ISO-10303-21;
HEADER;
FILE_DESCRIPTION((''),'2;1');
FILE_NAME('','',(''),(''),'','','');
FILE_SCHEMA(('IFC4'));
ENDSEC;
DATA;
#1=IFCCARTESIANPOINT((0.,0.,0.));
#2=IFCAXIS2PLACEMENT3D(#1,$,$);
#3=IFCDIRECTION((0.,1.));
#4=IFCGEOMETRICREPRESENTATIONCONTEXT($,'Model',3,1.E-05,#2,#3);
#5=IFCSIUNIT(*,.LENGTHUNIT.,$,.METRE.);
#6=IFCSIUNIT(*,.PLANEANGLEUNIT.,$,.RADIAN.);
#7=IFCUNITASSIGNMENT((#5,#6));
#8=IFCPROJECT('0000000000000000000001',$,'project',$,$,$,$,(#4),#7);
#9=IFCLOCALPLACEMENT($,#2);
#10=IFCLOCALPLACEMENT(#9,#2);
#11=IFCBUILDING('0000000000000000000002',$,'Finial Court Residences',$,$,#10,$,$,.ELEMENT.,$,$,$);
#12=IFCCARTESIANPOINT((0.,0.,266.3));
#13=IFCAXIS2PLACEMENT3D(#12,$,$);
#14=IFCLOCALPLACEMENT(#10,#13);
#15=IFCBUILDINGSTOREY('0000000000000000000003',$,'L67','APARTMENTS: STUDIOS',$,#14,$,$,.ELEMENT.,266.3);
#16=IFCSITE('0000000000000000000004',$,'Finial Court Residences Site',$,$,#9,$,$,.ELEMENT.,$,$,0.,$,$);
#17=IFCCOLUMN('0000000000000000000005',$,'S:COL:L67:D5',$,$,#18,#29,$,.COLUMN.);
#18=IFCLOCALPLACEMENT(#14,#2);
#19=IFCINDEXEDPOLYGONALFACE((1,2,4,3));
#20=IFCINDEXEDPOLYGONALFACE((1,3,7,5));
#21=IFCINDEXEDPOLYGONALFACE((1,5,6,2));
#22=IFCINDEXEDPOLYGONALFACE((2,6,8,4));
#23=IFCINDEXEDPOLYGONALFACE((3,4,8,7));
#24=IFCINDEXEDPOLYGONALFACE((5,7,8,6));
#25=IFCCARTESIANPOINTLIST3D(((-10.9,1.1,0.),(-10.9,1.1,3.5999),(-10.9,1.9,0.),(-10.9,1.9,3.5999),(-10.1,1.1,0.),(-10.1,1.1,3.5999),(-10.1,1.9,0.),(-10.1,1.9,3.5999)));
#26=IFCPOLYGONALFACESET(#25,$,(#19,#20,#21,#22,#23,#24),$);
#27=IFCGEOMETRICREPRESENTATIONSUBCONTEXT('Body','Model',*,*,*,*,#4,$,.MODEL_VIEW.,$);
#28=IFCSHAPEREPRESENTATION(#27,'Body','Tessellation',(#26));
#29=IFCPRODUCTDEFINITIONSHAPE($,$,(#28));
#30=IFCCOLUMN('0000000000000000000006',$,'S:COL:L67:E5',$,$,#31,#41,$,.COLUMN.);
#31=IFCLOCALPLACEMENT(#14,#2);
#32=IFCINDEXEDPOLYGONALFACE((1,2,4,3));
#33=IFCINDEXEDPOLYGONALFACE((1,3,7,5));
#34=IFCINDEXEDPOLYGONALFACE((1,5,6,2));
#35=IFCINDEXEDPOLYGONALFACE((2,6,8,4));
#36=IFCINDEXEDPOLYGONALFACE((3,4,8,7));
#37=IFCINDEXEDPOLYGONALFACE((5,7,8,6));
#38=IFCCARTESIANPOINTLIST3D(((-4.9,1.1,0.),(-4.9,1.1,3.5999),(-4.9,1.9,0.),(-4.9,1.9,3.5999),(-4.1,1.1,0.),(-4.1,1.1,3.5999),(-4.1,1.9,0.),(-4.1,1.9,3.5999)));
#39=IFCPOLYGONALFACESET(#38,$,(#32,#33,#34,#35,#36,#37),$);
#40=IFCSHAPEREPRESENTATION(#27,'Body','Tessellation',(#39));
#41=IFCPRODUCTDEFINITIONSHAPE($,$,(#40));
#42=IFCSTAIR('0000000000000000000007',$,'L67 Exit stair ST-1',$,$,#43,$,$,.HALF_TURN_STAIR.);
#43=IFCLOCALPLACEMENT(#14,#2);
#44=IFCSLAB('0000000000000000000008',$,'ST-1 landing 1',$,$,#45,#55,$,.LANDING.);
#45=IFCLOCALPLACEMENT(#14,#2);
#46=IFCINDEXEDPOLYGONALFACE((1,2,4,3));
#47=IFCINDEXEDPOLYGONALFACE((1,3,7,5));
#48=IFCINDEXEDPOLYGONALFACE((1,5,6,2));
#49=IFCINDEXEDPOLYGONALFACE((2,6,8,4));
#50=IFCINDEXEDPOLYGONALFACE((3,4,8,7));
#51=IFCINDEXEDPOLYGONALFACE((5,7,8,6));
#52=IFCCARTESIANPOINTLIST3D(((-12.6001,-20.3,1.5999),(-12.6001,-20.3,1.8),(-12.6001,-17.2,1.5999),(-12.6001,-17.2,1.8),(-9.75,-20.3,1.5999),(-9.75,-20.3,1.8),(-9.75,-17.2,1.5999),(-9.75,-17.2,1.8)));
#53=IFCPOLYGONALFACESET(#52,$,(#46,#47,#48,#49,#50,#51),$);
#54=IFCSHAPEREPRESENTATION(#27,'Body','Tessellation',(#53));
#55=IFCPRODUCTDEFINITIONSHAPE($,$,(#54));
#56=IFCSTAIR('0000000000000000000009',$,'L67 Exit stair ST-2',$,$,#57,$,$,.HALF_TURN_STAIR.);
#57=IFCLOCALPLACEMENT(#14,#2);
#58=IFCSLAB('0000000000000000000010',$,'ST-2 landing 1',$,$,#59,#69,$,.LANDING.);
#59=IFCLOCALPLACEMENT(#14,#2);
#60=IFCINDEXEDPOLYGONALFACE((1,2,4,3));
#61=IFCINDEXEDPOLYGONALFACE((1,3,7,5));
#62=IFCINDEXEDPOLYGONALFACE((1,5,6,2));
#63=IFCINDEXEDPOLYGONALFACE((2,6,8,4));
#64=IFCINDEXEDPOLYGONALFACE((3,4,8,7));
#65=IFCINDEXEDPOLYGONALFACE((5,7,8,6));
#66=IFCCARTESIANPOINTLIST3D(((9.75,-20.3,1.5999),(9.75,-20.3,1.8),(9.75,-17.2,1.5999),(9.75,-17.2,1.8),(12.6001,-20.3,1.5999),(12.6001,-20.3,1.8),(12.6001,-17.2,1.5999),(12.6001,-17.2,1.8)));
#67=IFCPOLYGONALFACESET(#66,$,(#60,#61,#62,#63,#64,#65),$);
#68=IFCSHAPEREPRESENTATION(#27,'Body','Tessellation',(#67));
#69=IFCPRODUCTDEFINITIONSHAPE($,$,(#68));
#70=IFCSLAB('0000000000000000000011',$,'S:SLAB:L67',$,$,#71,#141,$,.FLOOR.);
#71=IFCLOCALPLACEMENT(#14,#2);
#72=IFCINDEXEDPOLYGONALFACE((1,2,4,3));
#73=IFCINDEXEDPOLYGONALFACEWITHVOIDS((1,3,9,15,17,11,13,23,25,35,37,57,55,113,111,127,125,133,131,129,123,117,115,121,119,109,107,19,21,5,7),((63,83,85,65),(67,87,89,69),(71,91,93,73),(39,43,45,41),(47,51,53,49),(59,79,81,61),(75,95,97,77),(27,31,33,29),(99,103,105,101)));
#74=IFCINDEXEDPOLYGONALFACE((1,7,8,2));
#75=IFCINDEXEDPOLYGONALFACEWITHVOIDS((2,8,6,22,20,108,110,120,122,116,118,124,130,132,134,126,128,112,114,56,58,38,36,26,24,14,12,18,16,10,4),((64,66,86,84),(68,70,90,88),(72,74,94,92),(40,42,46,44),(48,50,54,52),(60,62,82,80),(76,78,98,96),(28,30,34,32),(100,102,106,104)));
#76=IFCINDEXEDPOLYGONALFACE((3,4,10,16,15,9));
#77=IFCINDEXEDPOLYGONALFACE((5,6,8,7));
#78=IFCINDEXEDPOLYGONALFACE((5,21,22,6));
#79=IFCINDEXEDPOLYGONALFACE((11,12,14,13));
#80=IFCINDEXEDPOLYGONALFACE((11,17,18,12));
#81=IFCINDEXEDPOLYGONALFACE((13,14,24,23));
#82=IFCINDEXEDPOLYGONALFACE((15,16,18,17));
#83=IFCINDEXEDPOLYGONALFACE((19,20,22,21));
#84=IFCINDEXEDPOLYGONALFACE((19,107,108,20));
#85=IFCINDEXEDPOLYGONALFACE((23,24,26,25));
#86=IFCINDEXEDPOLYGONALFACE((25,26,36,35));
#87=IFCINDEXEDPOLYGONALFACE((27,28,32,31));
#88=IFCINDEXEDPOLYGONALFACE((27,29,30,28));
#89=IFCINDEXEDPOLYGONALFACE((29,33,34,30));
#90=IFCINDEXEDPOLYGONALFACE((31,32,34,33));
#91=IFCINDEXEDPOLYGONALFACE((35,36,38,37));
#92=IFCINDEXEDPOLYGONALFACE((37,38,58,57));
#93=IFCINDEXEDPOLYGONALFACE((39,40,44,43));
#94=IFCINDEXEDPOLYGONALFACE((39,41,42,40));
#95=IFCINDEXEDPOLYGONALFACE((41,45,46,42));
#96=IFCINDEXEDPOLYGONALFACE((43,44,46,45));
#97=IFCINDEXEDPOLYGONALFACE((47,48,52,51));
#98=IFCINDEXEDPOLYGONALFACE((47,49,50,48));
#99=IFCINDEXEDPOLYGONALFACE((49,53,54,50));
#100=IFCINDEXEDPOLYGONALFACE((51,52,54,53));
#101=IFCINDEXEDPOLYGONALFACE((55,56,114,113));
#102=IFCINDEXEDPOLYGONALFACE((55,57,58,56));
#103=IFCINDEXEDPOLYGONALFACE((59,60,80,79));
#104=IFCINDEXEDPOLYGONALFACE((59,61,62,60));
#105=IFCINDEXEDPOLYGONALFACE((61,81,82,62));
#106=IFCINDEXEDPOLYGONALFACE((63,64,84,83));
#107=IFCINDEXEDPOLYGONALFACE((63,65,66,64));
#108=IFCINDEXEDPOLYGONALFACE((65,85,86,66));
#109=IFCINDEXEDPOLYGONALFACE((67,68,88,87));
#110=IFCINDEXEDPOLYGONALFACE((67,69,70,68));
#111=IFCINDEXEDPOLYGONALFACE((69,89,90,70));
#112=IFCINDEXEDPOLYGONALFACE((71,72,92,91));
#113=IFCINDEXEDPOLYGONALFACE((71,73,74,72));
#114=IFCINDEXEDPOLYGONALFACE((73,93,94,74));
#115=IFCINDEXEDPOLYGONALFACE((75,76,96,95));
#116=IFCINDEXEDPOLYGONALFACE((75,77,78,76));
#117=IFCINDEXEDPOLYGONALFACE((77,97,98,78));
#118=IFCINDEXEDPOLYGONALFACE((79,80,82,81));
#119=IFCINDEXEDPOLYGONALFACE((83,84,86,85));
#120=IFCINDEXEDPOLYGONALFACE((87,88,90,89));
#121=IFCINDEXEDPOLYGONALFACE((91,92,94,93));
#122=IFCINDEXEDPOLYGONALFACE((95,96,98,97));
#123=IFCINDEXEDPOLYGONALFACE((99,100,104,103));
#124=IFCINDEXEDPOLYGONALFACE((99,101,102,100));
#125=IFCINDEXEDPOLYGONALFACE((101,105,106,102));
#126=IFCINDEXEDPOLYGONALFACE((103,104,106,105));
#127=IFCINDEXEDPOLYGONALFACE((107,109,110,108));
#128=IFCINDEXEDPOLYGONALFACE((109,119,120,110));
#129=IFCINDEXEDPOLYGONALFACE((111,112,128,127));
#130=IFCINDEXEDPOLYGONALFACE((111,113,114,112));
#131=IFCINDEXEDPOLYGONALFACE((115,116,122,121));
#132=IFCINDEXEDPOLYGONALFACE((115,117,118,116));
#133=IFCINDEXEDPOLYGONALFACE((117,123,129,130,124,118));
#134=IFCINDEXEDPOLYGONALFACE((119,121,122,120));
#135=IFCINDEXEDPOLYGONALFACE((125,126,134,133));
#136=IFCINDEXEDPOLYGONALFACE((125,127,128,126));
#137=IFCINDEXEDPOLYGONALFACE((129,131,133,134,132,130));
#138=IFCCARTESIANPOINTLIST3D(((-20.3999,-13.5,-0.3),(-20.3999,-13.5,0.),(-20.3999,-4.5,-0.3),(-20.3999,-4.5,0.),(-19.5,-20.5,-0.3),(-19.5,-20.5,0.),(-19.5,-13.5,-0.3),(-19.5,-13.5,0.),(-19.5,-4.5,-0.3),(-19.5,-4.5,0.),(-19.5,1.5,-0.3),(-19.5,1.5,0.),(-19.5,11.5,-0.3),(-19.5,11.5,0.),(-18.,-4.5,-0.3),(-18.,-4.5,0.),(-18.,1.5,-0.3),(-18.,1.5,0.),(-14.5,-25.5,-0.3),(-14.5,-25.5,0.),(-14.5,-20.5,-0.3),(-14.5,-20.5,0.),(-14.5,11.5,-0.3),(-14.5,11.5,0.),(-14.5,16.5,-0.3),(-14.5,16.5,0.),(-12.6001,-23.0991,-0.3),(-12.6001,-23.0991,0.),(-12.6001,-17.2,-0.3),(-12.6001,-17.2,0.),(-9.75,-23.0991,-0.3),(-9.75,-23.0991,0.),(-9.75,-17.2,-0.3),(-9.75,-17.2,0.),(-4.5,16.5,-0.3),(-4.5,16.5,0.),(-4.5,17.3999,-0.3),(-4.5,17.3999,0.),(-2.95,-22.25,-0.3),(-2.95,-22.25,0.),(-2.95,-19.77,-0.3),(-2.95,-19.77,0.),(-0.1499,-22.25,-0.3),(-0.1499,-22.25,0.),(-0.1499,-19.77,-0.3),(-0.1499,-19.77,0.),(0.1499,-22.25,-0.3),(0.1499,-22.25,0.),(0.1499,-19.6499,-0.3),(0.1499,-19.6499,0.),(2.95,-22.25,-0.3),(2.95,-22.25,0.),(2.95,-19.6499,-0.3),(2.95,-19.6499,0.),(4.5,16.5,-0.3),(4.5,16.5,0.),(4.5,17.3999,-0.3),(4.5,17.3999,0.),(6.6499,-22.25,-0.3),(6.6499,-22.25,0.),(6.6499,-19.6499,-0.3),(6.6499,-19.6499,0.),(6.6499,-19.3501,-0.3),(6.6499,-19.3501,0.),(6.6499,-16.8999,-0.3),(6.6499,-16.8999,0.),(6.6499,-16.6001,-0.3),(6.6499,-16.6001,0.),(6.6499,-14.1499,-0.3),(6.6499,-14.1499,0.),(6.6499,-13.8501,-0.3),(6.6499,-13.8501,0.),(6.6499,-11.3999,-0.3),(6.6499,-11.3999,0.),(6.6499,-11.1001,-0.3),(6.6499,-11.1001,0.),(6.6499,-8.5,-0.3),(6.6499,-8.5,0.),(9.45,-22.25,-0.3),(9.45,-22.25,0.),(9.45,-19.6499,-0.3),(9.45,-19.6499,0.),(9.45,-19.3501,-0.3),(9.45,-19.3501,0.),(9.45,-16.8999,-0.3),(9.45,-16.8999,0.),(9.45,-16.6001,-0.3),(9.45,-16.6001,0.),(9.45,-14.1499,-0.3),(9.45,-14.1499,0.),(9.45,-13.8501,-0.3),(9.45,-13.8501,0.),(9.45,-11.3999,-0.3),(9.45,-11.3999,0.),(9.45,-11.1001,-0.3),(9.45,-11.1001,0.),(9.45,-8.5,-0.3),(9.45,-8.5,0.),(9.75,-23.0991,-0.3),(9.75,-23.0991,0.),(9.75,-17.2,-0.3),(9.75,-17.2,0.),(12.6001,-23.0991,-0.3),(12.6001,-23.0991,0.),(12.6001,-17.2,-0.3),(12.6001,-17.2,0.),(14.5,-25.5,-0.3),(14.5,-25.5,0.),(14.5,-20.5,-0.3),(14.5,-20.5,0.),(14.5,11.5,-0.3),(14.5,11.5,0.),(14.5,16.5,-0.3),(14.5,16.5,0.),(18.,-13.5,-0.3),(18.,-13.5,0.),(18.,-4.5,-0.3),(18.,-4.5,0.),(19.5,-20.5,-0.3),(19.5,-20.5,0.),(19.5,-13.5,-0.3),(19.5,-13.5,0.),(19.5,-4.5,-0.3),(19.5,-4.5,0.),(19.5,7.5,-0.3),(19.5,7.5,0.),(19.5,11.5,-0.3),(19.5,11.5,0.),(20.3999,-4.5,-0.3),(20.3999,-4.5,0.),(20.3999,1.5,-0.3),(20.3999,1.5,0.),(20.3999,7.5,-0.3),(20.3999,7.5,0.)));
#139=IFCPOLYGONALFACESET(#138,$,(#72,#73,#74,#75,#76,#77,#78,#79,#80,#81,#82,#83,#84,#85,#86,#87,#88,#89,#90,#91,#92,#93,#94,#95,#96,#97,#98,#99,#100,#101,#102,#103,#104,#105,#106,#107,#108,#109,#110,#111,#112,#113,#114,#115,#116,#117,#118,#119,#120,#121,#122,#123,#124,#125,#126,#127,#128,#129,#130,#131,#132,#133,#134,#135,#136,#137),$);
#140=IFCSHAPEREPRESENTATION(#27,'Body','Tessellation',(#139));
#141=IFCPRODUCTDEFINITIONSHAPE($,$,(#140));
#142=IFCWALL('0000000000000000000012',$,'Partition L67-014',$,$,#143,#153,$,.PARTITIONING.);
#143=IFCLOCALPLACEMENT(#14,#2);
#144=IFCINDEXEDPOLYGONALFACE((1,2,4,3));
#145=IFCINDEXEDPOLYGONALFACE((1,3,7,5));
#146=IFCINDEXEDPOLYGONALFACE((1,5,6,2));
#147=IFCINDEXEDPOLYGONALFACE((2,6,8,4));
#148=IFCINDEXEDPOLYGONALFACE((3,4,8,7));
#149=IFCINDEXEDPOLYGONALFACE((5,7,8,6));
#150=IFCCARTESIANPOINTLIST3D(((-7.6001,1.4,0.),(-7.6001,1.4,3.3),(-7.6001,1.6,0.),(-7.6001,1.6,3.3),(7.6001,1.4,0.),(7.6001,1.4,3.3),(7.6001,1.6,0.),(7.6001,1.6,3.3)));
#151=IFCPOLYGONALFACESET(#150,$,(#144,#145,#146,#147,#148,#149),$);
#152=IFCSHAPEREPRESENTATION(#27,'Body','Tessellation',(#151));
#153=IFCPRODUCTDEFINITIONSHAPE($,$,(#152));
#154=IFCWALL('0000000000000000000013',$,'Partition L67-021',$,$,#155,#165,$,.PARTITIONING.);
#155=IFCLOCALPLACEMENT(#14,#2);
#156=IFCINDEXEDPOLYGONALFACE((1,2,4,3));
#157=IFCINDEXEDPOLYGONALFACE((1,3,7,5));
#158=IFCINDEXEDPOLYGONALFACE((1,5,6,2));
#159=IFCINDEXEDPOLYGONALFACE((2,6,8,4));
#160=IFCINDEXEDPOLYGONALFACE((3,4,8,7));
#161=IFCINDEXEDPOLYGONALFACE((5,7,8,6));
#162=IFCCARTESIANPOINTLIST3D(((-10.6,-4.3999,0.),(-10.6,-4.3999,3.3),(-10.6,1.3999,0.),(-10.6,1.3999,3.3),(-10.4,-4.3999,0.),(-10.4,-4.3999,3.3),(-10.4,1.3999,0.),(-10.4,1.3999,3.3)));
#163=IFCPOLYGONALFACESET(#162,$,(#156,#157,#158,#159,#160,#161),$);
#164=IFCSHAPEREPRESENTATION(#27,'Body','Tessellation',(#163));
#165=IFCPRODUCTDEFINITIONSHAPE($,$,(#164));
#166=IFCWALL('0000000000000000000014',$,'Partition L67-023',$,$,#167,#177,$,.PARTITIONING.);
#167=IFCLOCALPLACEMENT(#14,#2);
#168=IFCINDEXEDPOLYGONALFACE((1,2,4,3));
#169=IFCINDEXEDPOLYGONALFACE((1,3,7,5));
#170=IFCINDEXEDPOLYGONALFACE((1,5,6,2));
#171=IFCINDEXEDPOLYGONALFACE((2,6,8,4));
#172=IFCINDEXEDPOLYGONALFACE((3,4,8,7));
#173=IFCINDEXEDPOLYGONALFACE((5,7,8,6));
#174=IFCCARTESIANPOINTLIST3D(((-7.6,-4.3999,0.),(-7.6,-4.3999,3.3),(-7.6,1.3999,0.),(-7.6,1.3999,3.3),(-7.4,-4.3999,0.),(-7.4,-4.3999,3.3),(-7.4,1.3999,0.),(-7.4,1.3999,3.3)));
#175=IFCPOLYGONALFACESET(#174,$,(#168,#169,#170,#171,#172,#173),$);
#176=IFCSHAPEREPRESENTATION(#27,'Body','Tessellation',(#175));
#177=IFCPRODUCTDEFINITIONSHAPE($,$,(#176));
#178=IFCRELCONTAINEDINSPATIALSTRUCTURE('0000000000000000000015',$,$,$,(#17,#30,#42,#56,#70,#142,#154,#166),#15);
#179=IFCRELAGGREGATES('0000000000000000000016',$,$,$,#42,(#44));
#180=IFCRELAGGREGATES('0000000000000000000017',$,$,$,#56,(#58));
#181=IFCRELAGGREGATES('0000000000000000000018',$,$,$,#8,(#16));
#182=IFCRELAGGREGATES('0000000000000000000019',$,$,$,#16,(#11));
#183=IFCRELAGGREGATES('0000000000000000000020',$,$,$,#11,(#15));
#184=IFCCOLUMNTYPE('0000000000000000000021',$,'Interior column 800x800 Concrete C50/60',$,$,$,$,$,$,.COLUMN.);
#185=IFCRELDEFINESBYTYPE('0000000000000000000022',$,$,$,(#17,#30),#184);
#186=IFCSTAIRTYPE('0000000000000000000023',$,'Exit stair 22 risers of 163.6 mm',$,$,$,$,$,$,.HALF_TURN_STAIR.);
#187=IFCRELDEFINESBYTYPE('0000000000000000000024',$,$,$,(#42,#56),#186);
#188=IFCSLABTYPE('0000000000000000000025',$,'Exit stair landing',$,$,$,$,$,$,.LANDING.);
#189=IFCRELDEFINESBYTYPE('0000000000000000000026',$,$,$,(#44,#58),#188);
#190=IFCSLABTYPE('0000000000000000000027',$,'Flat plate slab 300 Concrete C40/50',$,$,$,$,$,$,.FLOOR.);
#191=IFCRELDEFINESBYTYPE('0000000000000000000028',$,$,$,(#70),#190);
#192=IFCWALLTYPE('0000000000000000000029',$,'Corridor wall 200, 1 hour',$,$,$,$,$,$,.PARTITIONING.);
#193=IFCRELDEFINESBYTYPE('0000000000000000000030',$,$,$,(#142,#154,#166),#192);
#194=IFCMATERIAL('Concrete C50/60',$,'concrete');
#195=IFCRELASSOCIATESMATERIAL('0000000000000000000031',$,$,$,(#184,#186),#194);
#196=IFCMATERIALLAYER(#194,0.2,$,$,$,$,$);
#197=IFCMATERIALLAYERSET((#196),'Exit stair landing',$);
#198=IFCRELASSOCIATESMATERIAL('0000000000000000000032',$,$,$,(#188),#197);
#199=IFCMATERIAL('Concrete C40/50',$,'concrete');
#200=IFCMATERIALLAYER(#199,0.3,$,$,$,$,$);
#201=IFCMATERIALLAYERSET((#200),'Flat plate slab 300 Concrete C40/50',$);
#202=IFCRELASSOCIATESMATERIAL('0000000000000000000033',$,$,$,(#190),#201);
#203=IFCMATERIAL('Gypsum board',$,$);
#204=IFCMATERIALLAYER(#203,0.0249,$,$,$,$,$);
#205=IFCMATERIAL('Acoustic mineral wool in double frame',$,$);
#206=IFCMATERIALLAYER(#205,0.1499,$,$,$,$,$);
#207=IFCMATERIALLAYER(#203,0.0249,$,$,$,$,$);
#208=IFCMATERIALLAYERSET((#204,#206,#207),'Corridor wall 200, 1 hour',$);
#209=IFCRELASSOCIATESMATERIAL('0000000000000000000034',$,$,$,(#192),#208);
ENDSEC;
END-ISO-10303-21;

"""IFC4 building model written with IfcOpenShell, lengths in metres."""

from ifc_helpers import new_model, si_unit, direction, frame, frame_2d, origin, origin_2d, place, context, subcontext, project, spatial, polyline, rectangle, outline, extrude, material, layer, layer_set, material_profile, profile_set, type_object, element, aggregate, save


model = new_model("IFC4")

# Units and contexts
model_context = context("Model", 3, precision=1e-05, world=origin(), true_north=direction((0.0, 1.0)))
body_context = subcontext(model_context, "Body", "Model", "MODEL_VIEW")
ifc_project = project(units=[si_unit("LENGTHUNIT", "METRE"), si_unit("PLANEANGLEUNIT", "RADIAN")], contexts=[model_context])

# Site, building, storey
site_placement = place(None, origin())
site = spatial("IfcSite", under=ifc_project, at=site_placement, Name="Finial Court Residences Site", CompositionType="ELEMENT", RefElevation=0.0)
building_placement = place(site_placement, origin())
building = spatial("IfcBuilding", under=site, at=building_placement, Name="Finial Court Residences", CompositionType="ELEMENT")
storey_placement = place(building_placement, frame((0.0, 0.0, 266.3)))
storey = spatial("IfcBuildingStorey", under=building, at=storey_placement, Name="L67", Description="APARTMENTS: STUDIOS", CompositionType="ELEMENT", Elevation=266.3)

# Columns
ifc_material_1 = material(Name="Concrete C50/60", Category="concrete")
ifc_material_profile = material_profile(ifc_material_1, rectangle(XDim=0.8, YDim=0.8, at=origin_2d()), Name="800x800")
ifc_profile_set = profile_set([ifc_material_profile], Name="Concrete C50/60")
column_type = type_object("IfcColumnType", Name="Interior column 800x800 Concrete C50/60", PredefinedType="COLUMN", material=ifc_profile_set)
for number, where, z_axis, x_axis, name in (
    (1, (-10.5, 1.5, 0.0), (0.0, 0.0, 1.0), (1.0, 0.0, 0.0), "S:COL:L67:D5"),
    (2, (-4.5, 1.5, 0.0), (0.0, 0.0, 1.0), (1.0, 0.0, 0.0), "S:COL:L67:E5"),
):
    element("IfcColumn", number, at=place(storey_placement, frame(where, z_axis=z_axis, x_axis=x_axis)), inside=storey, type_object=column_type, Name=name, PredefinedType="COLUMN", context=body_context, shape_type="SweptSolid", body=[
        extrude(rectangle(XDim=0.8, YDim=0.8, at=origin_2d()), origin(), (0.0, 0.0, 1.0), 3.5999),
    ])

# Stairs, slabs
stair_type = type_object("IfcStairType", Name="Exit stair 22 risers of 163.6 mm", PredefinedType="HALF_TURN_STAIR", material=ifc_material_1)
stair_1_placement = place(storey_placement, origin())
stair_1 = element("IfcStair", 3, at=stair_1_placement, inside=storey, type_object=stair_type, Name="L67 Exit stair ST-1", PredefinedType="HALF_TURN_STAIR")
ifc_layer_1 = layer(ifc_material_1, 0.2)
ifc_layer_set_1 = layer_set([ifc_layer_1], Name="Exit stair landing")
slab_type_1 = type_object("IfcSlabType", Name="Exit stair landing", PredefinedType="LANDING", material=ifc_layer_set_1)
slab_1_placement = place(storey_placement, frame((0.0, 0.0, 1.5999)))
slab_1 = element("IfcSlab", 4, at=slab_1_placement, type_object=slab_type_1, Name="ST-1 landing 1", PredefinedType="LANDING", context=body_context, shape_type="SweptSolid", body=[
    extrude(outline(polyline([(-9.75, -20.3), (-9.75, -17.2), (-12.6001, -17.2), (-12.6001, -20.3), (-9.75, -20.3)])), origin(), (0.0, 0.0, 1.0), 0.2002),
])
aggregate(stair_1, [slab_1])
stair_2_placement = place(storey_placement, origin())
stair_2 = element("IfcStair", 5, at=stair_2_placement, inside=storey, type_object=stair_type, Name="L67 Exit stair ST-2", PredefinedType="HALF_TURN_STAIR")
slab_2_placement = place(storey_placement, frame((0.0, 0.0, 1.5999)))
slab_2 = element("IfcSlab", 6, at=slab_2_placement, type_object=slab_type_1, Name="ST-2 landing 1", PredefinedType="LANDING", context=body_context, shape_type="SweptSolid", body=[
    extrude(outline(polyline([(12.6001, -20.3), (12.6001, -17.2), (9.75, -17.2), (9.75, -20.3), (12.6001, -20.3)])), origin(), (0.0, 0.0, 1.0), 0.2002),
])
aggregate(stair_2, [slab_2])

# Slab
ifc_material_2 = material(Name="Concrete C40/50", Category="concrete")
ifc_layer_2 = layer(ifc_material_2, 0.3)
ifc_layer_set_2 = layer_set([ifc_layer_2], Name="Flat plate slab 300 Concrete C40/50")
slab_type_2 = type_object("IfcSlabType", Name="Flat plate slab 300 Concrete C40/50", PredefinedType="FLOOR", material=ifc_layer_set_2)
slab_3_placement = place(storey_placement, frame((0.0, 0.0, -0.3)))
element("IfcSlab", 7, at=slab_3_placement, inside=storey, type_object=slab_type_2, Name="S:SLAB:L67", PredefinedType="FLOOR", context=body_context, shape_type="SweptSolid", body=[
    extrude(outline(polyline([(-19.5, 1.5), (-19.5, 11.5), (-14.5, 11.5), (-14.5, 16.5), (-4.5, 16.5), (-4.5, 17.3999), (4.5, 17.3999), (4.5, 16.5), (14.5, 16.5), (14.5, 11.5), (19.5, 11.5), (19.5, 7.5), (20.3999, 7.5), (20.3999, 1.5), (20.3999, -4.5), (19.5, -4.5), (18.0, -4.5), (18.0, -13.5), (19.5, -13.5), (19.5, -20.5), (14.5, -20.5), (14.5, -25.5), (-14.5, -25.5), (-14.5, -20.5), (-19.5, -20.5), (-19.5, -13.5), (-20.3999, -13.5), (-20.3999, -4.5), (-19.5, -4.5), (-18.0, -4.5), (-18.0, 1.5), (-19.5, 1.5)]), holes=[polyline([(-0.1499, -19.77), (-2.95, -19.77), (-2.95, -22.25), (-0.1499, -22.25), (-0.1499, -19.77)]), polyline([(2.95, -19.6499), (0.1499, -19.6499), (0.1499, -22.25), (2.95, -22.25), (2.95, -19.6499)]), polyline([(9.45, -19.6499), (6.6499, -19.6499), (6.6499, -22.25), (9.45, -22.25), (9.45, -19.6499)]), polyline([(-12.6001, -17.2), (-12.6001, -23.0991), (-9.75, -23.0991), (-9.75, -17.2), (-12.6001, -17.2)]), polyline([(9.75, -17.2), (9.75, -23.0991), (12.6001, -23.0991), (12.6001, -17.2), (9.75, -17.2)]), polyline([(9.45, -16.8999), (6.6499, -16.8999), (6.6499, -19.3501), (9.45, -19.3501), (9.45, -16.8999)]), polyline([(9.45, -14.1499), (6.6499, -14.1499), (6.6499, -16.6001), (9.45, -16.6001), (9.45, -14.1499)]), polyline([(9.45, -13.8501), (9.45, -11.3999), (6.6499, -11.3999), (6.6499, -13.8501), (9.45, -13.8501)]), polyline([(9.45, -11.1001), (9.45, -8.5), (6.6499, -8.5), (6.6499, -11.1001), (9.45, -11.1001)])]), origin(), (0.0, 0.0, 1.0), 0.3),
])

# Walls
ifc_material_3 = material(Name="Gypsum board")
ifc_layer_3 = layer(ifc_material_3, 0.0249)
ifc_material_4 = material(Name="Acoustic mineral wool in double frame")
ifc_layer_4 = layer(ifc_material_4, 0.1499)
ifc_layer_5 = layer(ifc_material_3, 0.0249)
ifc_layer_set_3 = layer_set([ifc_layer_3, ifc_layer_4, ifc_layer_5], Name="Corridor wall 200, 1 hour")
wall_type_1 = type_object("IfcWallType", Name="Corridor wall 200, 1 hour", PredefinedType="PARTITIONING", material=ifc_layer_set_3)
wall_1_placement = place(storey_placement, frame((-7.6001, 1.5, 0.0), z_axis=(0.0, 0.0, 1.0), x_axis=(1.0, 0.0, 0.0)))
element("IfcWall", 8, at=wall_1_placement, inside=storey, type_object=wall_type_1, Name="Partition L67-014", PredefinedType="PARTITIONING", context=body_context, shape_type="SweptSolid", body=[
    extrude(rectangle(XDim=15.2002, YDim=0.2, at=frame_2d((7.6001, 0.0))), origin(), (0.0, 0.0, 1.0), 3.3),
])
for number, where, z_axis, x_axis, name in (
    (9, (-10.5, -4.3999, 0.0), (0.0, 0.0, 1.0), (0.0, 1.0, 0.0), "Partition L67-021"),
    (10, (-7.5, -4.3999, 0.0), (0.0, 0.0, 1.0), (0.0, 1.0, 0.0), "Partition L67-023"),
):
    element("IfcWall", number, at=place(storey_placement, frame(where, z_axis=z_axis, x_axis=x_axis)), inside=storey, type_object=wall_type_1, Name=name, PredefinedType="PARTITIONING", context=body_context, shape_type="SweptSolid", body=[
        extrude(rectangle(XDim=5.7998, YDim=0.2, at=frame_2d((2.8999, 0.0))), origin(), (0.0, 0.0, 1.0), 3.3),
    ])

save(model, "model.ifc")
